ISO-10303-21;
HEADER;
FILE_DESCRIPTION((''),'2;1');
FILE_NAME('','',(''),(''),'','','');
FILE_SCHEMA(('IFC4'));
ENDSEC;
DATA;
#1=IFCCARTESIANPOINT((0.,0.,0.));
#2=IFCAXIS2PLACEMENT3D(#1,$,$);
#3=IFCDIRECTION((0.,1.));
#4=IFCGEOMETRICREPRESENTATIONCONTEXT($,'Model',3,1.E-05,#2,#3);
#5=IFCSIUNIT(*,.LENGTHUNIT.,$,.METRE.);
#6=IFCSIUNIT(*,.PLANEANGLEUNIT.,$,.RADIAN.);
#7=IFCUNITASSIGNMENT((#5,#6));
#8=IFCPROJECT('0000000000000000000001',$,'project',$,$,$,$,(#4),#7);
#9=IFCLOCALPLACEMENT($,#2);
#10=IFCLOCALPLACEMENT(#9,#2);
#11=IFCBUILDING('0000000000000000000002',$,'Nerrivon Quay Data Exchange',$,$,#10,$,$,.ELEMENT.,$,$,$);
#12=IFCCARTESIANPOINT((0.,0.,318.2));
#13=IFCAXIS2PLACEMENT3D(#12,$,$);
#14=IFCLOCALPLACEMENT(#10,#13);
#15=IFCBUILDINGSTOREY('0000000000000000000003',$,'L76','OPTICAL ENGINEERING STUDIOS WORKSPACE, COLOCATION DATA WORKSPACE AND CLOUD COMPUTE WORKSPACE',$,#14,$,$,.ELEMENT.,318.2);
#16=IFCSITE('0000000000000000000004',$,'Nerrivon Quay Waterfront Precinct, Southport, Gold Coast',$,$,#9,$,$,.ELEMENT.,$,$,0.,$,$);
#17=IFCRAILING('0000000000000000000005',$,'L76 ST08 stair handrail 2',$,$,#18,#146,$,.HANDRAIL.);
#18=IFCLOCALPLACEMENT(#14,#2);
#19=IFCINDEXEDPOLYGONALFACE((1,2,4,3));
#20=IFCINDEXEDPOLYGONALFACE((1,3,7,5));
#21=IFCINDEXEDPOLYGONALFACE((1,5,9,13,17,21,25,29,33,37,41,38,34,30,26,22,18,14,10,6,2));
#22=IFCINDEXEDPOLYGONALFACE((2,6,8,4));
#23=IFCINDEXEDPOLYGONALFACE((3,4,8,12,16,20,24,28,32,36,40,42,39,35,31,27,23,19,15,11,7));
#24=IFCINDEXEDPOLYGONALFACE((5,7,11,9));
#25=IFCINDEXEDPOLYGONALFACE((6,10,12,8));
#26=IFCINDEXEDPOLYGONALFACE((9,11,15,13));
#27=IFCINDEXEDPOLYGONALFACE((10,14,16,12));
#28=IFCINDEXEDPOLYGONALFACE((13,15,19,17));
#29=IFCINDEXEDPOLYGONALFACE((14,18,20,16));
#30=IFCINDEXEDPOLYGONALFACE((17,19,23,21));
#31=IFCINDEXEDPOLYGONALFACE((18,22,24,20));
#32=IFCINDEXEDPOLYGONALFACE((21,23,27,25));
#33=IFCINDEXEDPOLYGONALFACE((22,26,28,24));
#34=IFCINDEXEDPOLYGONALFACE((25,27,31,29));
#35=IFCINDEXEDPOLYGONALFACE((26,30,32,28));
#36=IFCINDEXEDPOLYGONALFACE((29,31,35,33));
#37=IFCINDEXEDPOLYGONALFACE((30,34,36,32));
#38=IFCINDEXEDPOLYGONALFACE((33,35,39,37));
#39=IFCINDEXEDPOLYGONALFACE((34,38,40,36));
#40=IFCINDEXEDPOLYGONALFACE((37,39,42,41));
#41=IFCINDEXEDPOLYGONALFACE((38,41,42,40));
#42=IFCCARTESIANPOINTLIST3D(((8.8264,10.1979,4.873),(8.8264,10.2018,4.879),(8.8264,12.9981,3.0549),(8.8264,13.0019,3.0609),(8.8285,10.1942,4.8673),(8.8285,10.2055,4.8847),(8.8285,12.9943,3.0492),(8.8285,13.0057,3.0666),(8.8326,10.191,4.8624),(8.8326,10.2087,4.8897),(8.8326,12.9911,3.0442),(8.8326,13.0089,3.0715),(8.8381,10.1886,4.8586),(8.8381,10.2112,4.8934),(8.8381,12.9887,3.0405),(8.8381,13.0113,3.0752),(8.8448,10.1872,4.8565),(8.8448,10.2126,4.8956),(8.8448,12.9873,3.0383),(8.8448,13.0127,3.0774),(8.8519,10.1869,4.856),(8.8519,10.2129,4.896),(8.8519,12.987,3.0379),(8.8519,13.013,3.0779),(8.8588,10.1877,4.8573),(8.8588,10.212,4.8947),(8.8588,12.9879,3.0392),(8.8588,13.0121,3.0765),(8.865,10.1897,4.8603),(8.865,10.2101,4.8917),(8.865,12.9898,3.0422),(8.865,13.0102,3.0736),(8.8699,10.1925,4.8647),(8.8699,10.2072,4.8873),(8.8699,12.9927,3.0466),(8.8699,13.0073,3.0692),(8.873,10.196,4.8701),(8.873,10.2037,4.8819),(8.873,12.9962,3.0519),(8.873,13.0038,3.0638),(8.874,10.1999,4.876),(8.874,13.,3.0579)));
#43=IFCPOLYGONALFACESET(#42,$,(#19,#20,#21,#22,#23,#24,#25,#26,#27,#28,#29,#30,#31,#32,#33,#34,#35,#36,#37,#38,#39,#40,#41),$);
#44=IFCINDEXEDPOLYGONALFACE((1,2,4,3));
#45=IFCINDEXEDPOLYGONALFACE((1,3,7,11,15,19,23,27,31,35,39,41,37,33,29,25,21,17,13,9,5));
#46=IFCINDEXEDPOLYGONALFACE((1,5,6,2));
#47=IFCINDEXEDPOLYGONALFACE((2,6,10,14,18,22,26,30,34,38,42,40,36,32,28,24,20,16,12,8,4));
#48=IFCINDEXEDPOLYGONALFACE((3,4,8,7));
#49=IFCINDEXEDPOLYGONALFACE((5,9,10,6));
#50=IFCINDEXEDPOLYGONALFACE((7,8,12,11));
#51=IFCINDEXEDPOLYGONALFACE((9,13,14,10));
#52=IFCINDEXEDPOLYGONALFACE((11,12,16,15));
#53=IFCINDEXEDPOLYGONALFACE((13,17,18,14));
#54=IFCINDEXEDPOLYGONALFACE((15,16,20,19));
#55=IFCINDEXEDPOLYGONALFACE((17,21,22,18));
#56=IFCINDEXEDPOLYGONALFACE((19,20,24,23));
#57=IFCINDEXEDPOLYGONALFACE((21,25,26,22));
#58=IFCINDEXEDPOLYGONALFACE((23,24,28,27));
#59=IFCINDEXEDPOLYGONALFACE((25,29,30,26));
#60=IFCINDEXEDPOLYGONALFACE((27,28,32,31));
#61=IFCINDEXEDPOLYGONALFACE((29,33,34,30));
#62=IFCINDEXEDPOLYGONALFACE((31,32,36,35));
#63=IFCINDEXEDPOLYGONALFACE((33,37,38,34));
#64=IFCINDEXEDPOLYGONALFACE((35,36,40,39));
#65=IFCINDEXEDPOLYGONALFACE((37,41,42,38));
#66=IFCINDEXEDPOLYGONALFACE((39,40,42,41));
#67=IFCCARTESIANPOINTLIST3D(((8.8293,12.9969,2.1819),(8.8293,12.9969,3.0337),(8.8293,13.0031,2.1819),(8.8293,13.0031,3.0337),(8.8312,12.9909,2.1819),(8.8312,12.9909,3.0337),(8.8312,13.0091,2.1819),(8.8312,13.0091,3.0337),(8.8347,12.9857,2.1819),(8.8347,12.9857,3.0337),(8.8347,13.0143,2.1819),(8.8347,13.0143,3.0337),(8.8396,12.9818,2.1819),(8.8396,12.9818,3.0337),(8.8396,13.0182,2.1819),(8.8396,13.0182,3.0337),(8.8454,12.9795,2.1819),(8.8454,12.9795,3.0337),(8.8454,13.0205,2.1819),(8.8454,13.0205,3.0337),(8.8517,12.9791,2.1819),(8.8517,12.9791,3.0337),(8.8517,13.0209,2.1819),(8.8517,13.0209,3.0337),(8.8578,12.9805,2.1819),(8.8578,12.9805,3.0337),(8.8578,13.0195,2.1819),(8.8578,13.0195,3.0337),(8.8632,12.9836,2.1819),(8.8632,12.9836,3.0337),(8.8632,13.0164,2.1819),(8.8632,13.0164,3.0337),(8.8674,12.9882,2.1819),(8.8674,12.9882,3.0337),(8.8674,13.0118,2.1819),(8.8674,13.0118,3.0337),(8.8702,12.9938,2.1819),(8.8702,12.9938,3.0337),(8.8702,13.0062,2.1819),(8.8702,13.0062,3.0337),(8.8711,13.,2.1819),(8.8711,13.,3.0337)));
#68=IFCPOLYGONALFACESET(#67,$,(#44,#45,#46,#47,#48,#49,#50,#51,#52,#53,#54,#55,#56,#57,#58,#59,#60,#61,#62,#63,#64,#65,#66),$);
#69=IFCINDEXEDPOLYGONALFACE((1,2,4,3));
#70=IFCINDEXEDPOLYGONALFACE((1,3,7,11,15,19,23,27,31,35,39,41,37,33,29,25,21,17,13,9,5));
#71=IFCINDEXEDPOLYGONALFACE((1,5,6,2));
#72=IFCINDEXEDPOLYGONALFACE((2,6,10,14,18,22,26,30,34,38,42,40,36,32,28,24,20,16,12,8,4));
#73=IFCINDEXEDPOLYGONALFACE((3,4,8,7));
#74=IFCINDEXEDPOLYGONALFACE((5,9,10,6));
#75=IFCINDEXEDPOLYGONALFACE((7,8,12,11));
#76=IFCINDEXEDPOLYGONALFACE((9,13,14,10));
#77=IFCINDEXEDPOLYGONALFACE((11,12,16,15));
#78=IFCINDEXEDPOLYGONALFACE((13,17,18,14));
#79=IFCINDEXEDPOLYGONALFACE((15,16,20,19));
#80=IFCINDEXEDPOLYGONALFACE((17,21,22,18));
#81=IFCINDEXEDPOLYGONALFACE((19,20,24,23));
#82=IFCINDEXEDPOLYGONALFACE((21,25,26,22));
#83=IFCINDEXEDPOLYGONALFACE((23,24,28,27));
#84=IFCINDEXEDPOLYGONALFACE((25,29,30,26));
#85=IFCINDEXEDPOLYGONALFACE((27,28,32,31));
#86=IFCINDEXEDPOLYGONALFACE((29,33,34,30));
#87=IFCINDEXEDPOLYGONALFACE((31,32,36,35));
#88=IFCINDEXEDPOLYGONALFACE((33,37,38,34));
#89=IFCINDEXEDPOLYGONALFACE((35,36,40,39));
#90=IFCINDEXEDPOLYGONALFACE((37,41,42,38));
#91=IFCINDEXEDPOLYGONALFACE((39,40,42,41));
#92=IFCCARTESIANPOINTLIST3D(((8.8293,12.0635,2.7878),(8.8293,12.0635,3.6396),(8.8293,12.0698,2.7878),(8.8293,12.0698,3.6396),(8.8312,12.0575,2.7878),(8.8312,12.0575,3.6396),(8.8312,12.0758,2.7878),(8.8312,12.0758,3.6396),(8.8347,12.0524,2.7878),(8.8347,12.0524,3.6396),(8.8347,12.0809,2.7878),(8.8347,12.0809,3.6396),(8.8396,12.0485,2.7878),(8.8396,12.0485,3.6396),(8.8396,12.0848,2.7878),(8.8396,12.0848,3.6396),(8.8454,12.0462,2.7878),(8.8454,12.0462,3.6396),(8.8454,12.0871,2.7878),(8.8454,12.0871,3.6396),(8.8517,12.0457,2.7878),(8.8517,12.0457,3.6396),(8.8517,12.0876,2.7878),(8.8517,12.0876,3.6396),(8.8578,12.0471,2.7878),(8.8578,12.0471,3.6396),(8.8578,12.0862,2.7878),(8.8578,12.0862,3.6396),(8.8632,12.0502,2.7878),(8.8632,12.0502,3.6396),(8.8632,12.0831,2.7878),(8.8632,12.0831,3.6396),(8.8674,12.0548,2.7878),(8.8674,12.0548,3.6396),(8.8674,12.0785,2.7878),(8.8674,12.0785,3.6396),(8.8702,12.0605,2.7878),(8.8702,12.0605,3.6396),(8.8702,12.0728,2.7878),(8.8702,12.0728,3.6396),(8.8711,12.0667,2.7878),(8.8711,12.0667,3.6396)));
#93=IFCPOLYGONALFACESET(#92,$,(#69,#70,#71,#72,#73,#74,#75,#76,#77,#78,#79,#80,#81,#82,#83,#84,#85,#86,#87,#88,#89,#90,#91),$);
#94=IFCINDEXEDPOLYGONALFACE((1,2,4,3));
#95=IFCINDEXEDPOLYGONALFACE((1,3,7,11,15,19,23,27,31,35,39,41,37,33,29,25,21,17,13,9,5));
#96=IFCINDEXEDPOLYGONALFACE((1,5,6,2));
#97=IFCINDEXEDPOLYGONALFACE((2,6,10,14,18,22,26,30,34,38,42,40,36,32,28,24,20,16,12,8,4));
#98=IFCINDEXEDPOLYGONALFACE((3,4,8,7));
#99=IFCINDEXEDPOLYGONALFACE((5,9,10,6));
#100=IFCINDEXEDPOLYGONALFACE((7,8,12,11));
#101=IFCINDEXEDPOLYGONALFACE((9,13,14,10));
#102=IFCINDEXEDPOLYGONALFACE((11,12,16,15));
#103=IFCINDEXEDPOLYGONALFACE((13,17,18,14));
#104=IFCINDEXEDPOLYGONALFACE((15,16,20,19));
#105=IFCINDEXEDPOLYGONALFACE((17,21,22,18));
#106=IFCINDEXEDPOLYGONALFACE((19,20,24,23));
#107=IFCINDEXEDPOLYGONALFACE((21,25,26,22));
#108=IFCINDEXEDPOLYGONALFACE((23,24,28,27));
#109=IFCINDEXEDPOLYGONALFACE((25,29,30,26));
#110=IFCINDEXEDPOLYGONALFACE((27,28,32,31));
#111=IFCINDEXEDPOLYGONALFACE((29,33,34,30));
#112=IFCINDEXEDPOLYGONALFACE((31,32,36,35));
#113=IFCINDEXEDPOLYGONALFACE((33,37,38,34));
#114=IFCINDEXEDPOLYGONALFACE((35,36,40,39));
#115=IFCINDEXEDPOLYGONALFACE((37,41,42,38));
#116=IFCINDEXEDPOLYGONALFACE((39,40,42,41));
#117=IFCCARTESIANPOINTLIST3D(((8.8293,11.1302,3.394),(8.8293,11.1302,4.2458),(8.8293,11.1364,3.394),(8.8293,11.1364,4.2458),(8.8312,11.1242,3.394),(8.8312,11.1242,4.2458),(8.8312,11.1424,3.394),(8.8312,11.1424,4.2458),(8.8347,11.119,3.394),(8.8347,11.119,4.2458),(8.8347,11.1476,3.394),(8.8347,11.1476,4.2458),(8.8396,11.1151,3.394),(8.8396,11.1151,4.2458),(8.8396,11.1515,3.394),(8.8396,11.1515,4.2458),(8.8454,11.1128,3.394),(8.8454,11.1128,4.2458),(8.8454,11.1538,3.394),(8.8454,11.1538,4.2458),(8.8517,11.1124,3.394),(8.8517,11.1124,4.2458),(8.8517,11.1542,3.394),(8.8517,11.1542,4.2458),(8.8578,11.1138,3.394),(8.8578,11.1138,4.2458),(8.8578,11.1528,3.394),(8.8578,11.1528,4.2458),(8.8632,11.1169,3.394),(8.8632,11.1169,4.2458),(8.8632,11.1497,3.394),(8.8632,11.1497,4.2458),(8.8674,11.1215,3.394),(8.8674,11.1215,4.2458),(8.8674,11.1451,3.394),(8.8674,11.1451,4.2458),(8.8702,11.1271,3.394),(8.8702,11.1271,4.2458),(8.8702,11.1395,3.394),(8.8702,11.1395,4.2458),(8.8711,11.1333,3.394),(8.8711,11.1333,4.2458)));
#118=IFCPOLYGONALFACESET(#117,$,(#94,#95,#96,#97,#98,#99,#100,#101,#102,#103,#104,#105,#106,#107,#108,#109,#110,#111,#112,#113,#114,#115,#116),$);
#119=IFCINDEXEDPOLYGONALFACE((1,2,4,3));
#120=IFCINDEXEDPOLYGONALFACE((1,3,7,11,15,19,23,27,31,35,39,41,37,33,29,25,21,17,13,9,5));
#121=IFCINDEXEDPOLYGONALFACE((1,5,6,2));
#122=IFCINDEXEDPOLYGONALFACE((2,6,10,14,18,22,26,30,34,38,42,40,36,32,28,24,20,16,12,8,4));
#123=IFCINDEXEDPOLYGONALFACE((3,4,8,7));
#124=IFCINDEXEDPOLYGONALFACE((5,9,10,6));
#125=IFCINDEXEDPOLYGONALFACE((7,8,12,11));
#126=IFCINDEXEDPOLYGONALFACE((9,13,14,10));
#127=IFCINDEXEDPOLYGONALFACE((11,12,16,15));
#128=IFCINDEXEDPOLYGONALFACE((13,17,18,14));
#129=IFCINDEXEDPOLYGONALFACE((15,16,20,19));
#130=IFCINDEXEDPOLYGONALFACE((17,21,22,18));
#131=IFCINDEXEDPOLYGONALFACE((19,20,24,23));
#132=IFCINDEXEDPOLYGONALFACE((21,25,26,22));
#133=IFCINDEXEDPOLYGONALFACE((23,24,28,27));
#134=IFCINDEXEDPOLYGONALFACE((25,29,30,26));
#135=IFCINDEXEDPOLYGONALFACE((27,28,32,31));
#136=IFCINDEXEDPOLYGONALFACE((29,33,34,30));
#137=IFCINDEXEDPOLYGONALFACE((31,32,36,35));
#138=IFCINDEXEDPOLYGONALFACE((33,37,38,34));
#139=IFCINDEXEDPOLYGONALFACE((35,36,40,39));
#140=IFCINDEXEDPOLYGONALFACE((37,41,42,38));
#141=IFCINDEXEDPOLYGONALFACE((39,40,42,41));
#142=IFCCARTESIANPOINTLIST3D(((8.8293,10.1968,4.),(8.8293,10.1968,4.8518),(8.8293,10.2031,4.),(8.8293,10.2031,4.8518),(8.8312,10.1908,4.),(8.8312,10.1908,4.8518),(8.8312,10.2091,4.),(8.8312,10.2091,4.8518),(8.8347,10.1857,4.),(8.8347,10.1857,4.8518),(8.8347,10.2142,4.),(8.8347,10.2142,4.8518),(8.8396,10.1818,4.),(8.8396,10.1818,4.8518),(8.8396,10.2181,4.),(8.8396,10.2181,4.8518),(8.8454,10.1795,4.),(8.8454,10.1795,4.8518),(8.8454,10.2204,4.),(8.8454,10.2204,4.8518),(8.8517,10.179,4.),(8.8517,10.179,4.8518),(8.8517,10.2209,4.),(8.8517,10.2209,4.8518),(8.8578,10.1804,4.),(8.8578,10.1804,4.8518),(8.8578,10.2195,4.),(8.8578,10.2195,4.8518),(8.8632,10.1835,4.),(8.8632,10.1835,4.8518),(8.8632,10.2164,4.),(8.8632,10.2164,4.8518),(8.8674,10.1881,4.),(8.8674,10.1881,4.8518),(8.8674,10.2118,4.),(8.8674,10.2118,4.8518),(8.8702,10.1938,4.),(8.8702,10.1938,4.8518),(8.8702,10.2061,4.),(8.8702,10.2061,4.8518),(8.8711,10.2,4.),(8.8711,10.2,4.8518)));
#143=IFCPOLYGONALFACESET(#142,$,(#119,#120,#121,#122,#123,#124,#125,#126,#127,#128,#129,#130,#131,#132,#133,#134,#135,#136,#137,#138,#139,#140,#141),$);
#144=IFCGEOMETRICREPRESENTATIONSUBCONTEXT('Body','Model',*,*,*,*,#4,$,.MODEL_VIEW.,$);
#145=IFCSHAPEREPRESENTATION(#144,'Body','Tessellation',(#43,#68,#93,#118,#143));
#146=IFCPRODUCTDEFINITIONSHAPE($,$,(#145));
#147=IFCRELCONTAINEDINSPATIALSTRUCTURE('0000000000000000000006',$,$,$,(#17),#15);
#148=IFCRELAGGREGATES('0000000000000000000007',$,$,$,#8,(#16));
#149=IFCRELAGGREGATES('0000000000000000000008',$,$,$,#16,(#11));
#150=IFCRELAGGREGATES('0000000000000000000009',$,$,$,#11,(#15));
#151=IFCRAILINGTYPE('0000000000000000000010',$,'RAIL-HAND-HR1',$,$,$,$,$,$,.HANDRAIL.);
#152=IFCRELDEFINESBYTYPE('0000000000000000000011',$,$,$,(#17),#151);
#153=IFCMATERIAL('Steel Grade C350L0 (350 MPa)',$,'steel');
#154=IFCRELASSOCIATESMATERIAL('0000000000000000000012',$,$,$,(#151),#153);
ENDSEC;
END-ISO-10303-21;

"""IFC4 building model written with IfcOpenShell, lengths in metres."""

from ifc_helpers import new_model, si_unit, direction, frame, origin, origin_2d, place, context, subcontext, project, spatial, circle, extrude, material, type_object, element, save


model = new_model("IFC4")

# Units and contexts
model_context = context("Model", 3, precision=1e-05, world=origin(), true_north=direction((0.0, 1.0)))
body_context = subcontext(model_context, "Body", "Model", "MODEL_VIEW")
ifc_project = project(units=[si_unit("LENGTHUNIT", "METRE"), si_unit("PLANEANGLEUNIT", "RADIAN")], contexts=[model_context])

# Site, building, storey
site_placement = place(None, origin())
site = spatial("IfcSite", under=ifc_project, at=site_placement, Name="Nerrivon Quay Waterfront Precinct, Southport, Gold Coast", CompositionType="ELEMENT", RefElevation=0.0)
building_placement = place(site_placement, origin())
building = spatial("IfcBuilding", under=site, at=building_placement, Name="Nerrivon Quay Data Exchange", CompositionType="ELEMENT")
storey_placement = place(building_placement, frame((0.0, 0.0, 318.2)))
storey = spatial("IfcBuildingStorey", under=building, at=storey_placement, Name="L76", Description="OPTICAL ENGINEERING STUDIOS WORKSPACE, COLOCATION DATA WORKSPACE AND CLOUD COMPUTE WORKSPACE", CompositionType="ELEMENT", Elevation=318.2)

# Railing
ifc_material_1 = material(Name="Steel Grade C350L0 (350 MPa)", Category="steel")
railing_type_1 = type_object("IfcRailingType", Name="RAIL-HAND-HR1", PredefinedType="HANDRAIL", material=ifc_material_1)
railing_1_placement = place(storey_placement, frame((8.8501, 13.0, 2.1819)))
element("IfcRailing", 1, at=railing_1_placement, inside=storey, type_object=railing_type_1, Name="L76 ST08 stair handrail 2", PredefinedType="HANDRAIL", context=body_context, shape_type="SweptSolid", body=[
    extrude(circle(Radius=0.0239, at=origin_2d()), frame((0.0, 0.0, 0.876), z_axis=(0.0, -0.838706, 0.544585), x_axis=(1.0, 0.0, 0.0)), (0.0, 0.0, 1.0), 3.3386),
    extrude(circle(Radius=0.021, at=origin_2d()), origin(), (0.0, 0.0, 1.0), 0.8518),
    extrude(circle(Radius=0.021, at=origin_2d()), frame((0.0, -0.9333, 0.606)), (0.0, 0.0, 1.0), 0.8518),
    extrude(circle(Radius=0.021, at=origin_2d()), frame((0.0, -1.8667, 1.2122)), (0.0, 0.0, 1.0), 0.8518),
    extrude(circle(Radius=0.021, at=origin_2d()), frame((0.0, -2.8, 1.8181)), (0.0, 0.0, 1.0), 0.8518),
])

save(model, "model.ifc")
